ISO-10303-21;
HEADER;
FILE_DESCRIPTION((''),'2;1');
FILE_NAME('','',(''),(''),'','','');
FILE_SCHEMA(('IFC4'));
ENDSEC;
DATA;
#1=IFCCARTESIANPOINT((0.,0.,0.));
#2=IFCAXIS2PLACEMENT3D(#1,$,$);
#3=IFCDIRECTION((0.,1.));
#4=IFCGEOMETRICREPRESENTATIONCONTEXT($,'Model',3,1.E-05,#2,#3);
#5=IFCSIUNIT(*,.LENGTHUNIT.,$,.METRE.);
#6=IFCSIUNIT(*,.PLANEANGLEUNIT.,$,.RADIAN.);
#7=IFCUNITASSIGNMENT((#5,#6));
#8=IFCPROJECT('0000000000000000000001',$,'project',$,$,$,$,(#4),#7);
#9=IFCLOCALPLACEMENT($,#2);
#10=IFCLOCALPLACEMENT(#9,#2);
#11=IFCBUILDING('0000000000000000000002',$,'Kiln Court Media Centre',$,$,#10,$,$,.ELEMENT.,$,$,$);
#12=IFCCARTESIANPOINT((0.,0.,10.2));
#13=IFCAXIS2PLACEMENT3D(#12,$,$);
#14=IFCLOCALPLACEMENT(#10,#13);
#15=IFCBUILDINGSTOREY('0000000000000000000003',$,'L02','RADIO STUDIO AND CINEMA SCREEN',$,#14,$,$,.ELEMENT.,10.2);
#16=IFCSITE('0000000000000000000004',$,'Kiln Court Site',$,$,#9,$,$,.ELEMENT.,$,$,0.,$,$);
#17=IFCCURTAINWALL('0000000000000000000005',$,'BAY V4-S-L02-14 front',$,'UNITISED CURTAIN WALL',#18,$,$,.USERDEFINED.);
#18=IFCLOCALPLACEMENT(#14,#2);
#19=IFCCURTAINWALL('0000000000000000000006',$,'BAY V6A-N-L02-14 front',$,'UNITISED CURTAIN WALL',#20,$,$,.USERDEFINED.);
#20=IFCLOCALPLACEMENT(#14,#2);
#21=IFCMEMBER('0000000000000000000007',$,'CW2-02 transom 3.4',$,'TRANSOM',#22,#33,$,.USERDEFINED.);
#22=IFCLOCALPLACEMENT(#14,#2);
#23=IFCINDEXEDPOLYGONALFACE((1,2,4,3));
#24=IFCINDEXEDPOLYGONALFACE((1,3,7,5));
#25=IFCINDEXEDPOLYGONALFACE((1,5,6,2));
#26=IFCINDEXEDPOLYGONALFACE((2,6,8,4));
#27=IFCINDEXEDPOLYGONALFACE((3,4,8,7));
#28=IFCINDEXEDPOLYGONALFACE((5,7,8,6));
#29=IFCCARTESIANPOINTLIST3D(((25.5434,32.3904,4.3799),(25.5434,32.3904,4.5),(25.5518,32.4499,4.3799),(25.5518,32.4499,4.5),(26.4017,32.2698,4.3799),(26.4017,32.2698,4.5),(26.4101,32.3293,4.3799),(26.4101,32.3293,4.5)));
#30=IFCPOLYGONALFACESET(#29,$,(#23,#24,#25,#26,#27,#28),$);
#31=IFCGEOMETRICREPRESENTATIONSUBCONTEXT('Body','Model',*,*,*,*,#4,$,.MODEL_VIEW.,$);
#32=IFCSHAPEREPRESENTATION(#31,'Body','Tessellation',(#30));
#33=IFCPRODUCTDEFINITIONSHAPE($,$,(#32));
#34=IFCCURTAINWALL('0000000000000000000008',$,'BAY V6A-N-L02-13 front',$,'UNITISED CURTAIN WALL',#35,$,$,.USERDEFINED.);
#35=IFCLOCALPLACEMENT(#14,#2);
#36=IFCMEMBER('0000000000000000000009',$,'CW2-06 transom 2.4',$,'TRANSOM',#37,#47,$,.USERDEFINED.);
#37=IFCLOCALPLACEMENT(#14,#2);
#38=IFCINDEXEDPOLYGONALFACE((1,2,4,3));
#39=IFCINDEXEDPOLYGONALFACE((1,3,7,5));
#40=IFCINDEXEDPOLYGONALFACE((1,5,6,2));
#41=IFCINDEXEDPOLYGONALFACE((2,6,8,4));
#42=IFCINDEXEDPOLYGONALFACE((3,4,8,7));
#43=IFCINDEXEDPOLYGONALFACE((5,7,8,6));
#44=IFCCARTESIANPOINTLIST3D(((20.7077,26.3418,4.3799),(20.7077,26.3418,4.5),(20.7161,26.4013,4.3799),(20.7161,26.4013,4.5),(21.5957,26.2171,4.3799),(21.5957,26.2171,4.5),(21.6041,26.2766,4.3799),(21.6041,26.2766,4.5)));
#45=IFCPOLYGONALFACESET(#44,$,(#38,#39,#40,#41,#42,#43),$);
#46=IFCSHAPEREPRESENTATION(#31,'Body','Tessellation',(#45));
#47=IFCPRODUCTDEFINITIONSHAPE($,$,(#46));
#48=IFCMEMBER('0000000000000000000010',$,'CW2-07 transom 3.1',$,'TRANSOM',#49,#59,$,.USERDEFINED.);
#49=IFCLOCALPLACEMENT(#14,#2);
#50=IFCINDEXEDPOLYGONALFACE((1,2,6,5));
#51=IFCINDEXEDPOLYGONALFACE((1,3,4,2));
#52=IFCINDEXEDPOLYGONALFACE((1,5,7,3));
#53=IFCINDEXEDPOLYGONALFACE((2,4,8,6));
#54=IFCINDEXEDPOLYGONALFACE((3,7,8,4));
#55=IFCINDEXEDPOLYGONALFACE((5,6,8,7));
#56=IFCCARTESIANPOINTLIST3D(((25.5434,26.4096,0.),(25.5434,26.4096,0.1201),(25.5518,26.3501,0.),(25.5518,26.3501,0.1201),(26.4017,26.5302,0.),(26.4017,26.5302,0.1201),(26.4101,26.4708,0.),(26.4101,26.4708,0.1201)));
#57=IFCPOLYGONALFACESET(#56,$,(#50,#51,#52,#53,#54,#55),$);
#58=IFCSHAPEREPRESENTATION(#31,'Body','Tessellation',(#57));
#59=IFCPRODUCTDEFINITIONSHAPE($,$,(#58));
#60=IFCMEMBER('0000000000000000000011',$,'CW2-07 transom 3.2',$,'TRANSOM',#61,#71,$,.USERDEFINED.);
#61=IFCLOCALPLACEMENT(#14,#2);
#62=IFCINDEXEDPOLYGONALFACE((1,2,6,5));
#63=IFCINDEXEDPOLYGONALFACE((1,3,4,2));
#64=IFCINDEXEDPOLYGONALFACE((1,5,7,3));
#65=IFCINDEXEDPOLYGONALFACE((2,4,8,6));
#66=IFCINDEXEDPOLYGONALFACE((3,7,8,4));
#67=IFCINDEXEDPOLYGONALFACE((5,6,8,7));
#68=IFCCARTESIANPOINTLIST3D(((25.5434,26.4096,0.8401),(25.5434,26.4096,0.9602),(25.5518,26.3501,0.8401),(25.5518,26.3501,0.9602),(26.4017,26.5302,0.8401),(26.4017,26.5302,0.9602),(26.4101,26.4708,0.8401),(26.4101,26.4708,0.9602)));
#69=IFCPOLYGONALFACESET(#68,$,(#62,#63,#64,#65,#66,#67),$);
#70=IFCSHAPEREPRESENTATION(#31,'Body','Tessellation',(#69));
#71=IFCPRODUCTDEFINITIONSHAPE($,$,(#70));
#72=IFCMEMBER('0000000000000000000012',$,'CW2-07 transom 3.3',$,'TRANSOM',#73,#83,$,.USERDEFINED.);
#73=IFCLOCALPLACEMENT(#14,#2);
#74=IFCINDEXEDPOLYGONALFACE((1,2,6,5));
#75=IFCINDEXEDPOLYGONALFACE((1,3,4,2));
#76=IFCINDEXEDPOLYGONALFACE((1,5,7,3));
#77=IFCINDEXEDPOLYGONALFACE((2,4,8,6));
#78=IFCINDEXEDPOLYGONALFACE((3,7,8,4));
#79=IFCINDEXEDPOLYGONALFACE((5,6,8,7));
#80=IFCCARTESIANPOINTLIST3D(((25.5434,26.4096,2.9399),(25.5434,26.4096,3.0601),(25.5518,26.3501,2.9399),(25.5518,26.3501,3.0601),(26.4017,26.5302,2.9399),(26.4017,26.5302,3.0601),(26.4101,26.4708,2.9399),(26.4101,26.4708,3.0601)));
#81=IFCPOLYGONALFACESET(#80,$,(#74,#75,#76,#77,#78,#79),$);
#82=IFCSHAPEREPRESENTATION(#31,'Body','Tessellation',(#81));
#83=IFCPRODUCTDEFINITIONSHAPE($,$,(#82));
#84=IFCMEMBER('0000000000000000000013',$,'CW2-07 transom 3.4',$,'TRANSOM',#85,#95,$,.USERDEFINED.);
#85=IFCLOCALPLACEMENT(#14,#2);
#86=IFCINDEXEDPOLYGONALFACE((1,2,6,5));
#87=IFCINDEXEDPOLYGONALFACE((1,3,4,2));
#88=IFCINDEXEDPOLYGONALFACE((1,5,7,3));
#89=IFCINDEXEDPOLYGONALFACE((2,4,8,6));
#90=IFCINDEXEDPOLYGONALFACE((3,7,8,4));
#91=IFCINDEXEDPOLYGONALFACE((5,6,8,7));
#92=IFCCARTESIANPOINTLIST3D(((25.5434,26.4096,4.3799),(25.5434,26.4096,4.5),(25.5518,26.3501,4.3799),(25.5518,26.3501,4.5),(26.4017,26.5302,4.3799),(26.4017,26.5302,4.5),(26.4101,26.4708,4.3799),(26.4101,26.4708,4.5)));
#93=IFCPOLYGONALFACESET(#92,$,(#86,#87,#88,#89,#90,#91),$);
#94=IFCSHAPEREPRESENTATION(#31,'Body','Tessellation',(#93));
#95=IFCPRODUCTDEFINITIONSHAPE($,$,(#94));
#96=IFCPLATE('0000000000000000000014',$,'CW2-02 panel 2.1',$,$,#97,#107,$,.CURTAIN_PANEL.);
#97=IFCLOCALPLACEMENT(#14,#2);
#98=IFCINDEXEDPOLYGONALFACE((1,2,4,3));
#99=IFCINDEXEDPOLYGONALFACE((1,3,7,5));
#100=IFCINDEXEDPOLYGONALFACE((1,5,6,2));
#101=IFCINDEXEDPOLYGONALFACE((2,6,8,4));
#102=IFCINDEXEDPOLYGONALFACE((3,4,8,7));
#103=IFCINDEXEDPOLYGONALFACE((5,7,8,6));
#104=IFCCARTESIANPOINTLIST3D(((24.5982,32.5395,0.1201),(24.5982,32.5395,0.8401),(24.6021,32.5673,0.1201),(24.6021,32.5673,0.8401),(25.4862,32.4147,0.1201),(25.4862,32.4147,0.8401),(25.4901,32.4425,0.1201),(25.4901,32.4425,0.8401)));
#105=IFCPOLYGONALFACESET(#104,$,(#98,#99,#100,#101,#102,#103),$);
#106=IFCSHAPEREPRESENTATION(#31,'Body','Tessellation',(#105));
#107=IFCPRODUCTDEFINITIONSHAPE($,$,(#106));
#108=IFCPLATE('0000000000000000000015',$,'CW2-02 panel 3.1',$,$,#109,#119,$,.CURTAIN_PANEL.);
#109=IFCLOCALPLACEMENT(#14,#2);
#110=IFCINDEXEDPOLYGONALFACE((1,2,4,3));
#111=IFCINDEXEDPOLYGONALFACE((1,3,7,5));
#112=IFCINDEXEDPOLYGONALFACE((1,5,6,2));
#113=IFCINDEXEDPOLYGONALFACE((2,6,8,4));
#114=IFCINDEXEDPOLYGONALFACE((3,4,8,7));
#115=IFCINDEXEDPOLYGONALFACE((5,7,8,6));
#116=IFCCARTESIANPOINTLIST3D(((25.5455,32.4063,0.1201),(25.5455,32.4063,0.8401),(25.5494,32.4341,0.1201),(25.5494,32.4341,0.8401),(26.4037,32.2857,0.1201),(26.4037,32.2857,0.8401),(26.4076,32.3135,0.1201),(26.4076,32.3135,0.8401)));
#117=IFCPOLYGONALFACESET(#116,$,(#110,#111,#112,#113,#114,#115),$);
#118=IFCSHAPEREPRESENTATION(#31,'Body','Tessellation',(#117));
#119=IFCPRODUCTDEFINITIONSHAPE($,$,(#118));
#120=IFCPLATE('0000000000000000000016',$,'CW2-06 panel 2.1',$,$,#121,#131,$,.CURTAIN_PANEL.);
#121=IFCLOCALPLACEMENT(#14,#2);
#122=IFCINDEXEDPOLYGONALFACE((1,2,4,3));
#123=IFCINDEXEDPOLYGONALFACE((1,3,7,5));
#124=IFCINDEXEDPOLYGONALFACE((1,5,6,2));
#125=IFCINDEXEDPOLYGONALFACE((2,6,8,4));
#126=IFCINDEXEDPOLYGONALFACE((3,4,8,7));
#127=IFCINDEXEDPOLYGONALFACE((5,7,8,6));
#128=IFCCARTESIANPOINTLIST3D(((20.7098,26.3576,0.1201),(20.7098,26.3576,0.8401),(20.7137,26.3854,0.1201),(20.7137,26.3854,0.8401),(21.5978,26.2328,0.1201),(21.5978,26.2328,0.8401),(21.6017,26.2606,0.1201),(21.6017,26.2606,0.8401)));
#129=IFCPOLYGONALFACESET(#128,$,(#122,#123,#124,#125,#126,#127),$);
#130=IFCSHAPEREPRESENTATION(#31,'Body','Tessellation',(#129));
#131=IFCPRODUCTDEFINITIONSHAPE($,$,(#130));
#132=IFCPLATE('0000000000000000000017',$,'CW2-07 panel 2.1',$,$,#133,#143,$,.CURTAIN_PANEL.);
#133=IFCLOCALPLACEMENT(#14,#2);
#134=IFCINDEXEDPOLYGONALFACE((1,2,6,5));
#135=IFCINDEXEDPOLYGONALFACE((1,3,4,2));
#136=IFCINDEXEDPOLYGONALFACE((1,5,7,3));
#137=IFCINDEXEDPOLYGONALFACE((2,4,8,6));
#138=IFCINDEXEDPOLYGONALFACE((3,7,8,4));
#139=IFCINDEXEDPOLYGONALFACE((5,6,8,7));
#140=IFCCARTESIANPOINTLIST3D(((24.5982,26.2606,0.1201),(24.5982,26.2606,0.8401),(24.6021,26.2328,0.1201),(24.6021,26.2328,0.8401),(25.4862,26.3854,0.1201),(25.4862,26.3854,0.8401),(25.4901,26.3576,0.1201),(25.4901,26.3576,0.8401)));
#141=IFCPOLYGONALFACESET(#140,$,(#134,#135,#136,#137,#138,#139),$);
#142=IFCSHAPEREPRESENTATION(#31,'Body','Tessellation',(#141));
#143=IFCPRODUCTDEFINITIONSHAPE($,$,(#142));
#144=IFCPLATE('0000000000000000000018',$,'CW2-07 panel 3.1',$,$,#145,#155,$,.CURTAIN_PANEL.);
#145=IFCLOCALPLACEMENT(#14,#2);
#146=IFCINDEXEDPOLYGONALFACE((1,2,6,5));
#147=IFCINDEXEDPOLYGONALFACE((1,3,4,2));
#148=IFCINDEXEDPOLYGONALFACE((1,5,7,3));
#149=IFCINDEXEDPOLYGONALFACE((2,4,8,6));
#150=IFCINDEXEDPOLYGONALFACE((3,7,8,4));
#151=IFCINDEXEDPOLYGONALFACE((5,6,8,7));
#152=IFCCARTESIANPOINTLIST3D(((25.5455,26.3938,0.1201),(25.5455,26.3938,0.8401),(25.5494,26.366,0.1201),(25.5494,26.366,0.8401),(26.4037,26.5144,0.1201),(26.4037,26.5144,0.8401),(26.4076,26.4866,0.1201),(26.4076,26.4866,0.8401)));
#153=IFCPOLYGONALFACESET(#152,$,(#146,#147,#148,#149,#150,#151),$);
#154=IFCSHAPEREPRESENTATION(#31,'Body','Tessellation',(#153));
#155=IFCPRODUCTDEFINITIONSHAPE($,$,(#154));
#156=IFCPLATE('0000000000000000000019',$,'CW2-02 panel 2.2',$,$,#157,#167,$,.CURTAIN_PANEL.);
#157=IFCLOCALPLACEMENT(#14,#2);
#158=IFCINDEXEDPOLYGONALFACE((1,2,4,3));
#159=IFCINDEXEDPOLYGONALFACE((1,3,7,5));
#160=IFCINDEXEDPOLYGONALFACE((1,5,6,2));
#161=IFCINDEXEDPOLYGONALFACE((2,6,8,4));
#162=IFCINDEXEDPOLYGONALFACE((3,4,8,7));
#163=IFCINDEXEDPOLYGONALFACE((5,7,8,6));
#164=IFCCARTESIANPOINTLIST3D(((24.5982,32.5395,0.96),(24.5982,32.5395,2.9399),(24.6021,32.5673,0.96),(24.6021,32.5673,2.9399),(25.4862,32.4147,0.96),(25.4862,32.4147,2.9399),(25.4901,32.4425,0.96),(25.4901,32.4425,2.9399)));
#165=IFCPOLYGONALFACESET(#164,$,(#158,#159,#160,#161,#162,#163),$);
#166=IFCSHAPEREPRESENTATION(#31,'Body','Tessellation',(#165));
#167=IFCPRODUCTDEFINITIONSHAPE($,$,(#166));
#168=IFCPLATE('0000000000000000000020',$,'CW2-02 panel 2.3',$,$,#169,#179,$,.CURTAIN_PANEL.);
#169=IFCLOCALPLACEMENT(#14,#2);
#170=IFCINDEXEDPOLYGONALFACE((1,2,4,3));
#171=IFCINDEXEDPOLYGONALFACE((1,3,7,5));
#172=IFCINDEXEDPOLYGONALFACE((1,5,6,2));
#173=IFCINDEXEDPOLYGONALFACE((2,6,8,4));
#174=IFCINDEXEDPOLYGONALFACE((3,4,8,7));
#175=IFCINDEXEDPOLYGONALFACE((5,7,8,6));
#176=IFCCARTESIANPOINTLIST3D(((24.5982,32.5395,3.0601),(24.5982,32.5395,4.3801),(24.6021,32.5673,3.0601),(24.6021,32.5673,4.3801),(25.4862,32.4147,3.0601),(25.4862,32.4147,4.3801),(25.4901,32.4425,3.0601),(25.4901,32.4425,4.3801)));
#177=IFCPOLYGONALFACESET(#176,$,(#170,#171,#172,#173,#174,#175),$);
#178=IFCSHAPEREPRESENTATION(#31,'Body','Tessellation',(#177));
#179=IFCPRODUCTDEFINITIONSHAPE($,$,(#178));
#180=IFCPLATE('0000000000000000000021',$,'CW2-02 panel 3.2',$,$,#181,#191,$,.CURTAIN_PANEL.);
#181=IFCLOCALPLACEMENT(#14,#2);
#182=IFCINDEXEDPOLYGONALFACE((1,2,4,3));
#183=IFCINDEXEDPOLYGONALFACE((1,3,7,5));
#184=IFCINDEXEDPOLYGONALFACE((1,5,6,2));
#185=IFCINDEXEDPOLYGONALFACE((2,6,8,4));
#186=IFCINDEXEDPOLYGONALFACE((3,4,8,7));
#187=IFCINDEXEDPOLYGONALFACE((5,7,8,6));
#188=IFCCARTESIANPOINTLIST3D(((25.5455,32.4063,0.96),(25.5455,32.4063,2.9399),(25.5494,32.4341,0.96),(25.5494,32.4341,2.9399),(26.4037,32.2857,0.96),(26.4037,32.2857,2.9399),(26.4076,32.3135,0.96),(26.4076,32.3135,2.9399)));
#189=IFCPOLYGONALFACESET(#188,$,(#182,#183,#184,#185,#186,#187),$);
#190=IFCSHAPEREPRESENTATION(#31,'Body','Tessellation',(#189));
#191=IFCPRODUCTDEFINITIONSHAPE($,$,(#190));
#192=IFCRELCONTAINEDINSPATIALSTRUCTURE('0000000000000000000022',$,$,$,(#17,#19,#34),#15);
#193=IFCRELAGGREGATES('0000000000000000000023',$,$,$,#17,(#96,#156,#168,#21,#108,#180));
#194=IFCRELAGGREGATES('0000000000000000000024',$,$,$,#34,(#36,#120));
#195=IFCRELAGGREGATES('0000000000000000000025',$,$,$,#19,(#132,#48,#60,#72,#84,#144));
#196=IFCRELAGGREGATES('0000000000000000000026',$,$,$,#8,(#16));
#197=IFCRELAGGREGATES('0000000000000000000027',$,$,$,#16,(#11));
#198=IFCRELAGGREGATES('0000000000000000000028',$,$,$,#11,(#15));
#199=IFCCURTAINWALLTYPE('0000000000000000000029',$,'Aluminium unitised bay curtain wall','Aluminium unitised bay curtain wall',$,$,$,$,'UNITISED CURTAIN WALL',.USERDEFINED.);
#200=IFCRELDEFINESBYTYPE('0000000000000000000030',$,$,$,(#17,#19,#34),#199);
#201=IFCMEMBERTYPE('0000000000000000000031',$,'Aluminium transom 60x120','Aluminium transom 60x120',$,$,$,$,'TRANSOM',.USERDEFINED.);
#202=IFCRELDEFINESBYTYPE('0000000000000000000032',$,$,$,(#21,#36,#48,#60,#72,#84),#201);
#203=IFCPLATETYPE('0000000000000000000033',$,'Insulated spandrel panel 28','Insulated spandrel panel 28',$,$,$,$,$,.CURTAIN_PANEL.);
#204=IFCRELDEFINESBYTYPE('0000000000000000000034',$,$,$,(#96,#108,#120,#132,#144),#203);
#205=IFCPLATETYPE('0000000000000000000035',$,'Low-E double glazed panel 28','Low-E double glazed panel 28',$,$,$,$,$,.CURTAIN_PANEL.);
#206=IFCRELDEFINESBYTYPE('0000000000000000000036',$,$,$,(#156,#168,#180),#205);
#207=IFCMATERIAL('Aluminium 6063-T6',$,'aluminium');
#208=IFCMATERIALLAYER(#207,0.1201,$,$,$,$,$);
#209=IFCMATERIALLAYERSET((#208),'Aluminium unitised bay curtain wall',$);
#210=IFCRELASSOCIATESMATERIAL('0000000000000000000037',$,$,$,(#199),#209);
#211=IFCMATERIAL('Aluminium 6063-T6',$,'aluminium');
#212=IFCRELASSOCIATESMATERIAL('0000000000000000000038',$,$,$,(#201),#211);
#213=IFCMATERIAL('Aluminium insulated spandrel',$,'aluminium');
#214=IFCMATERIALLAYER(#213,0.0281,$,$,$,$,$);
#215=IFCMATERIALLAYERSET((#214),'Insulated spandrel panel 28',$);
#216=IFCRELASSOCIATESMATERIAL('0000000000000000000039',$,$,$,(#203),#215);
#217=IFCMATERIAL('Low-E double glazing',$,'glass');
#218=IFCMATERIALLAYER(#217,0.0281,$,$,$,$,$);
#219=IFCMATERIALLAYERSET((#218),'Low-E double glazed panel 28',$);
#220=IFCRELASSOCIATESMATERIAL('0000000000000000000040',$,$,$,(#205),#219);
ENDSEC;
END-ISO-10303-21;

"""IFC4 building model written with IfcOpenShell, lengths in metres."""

from ifc_helpers import new_model, si_unit, direction, frame, origin, origin_2d, place, context, subcontext, project, spatial, rectangle, extrude, material, layer, layer_set, material_profile, profile_set, type_object, element, aggregate, save


model = new_model("IFC4")

# Units and contexts
model_context = context("Model", 3, precision=1e-05, world=origin(), true_north=direction((0.0, 1.0)))
body_context = subcontext(model_context, "Body", "Model", "MODEL_VIEW")
ifc_project = project(units=[si_unit("LENGTHUNIT", "METRE"), si_unit("PLANEANGLEUNIT", "RADIAN")], contexts=[model_context])

# Site, building, storey
site_placement = place(None, origin())
site = spatial("IfcSite", under=ifc_project, at=site_placement, Name="Kiln Court Site", CompositionType="ELEMENT", RefElevation=0.0)
building_placement = place(site_placement, origin())
building = spatial("IfcBuilding", under=site, at=building_placement, Name="Kiln Court Media Centre", CompositionType="ELEMENT")
storey_placement = place(building_placement, frame((0.0, 0.0, 10.2)))
storey = spatial("IfcBuildingStorey", under=building, at=storey_placement, Name="L02", Description="RADIO STUDIO AND CINEMA SCREEN", CompositionType="ELEMENT", Elevation=10.2)

# Curtain walls
ifc_material_1 = material(Name="Aluminium 6063-T6", Category="aluminium")
ifc_layer_1 = layer(ifc_material_1, 0.1201)
ifc_layer_set_1 = layer_set([ifc_layer_1], Name="Aluminium unitised bay curtain wall")
curtain_wall_type_1 = type_object("IfcCurtainWallType", Name="Aluminium unitised bay curtain wall", Description="Aluminium unitised bay curtain wall", ElementType="UNITISED CURTAIN WALL", PredefinedType="USERDEFINED", material=ifc_layer_set_1)
curtain_wall_1_placement = place(storey_placement, origin())
curtain_wall_1 = element("IfcCurtainWall", 1, at=curtain_wall_1_placement, inside=storey, type_object=curtain_wall_type_1, Name="BAY V4-S-L02-14 front", ObjectType="UNITISED CURTAIN WALL", PredefinedType="USERDEFINED")
curtain_wall_2_placement = place(storey_placement, origin())
curtain_wall_2 = element("IfcCurtainWall", 2, at=curtain_wall_2_placement, inside=storey, type_object=curtain_wall_type_1, Name="BAY V6A-N-L02-14 front", ObjectType="UNITISED CURTAIN WALL", PredefinedType="USERDEFINED")

# Member
ifc_material_2 = material(Name="Aluminium 6063-T6", Category="aluminium")
ifc_material_profile_1 = material_profile(ifc_material_2, rectangle(XDim=0.0601, YDim=0.1201, at=origin_2d()), Name="Aluminium transom 60x120")
ifc_profile_set_1 = profile_set([ifc_material_profile_1], Name="Aluminium 6063-T6")
member_type_1 = type_object("IfcMemberType", Name="Aluminium transom 60x120", Description="Aluminium transom 60x120", ElementType="TRANSOM", PredefinedType="USERDEFINED", material=ifc_profile_set_1)
member_1_placement = place(storey_placement, frame((25.5476, 32.4202, 4.4399), z_axis=(0.990268, -0.139173, 0.0), x_axis=(0.139173, 0.990268, 0.0)))
member_1 = element("IfcMember", 3, at=member_1_placement, type_object=member_type_1, Name="CW2-02 transom 3.4", ObjectType="TRANSOM", PredefinedType="USERDEFINED", context=body_context, shape_type="SweptSolid", body=[
    extrude(rectangle(XDim=0.0601, YDim=0.1201, at=origin_2d()), origin(), (0.0, 0.0, 1.0), 0.8667),
])

# Curtain wall, member
curtain_wall_3_placement = place(storey_placement, origin())
curtain_wall_3 = element("IfcCurtainWall", 4, at=curtain_wall_3_placement, inside=storey, type_object=curtain_wall_type_1, Name="BAY V6A-N-L02-13 front", ObjectType="UNITISED CURTAIN WALL", PredefinedType="USERDEFINED")
member_2_placement = place(storey_placement, frame((20.7119, 26.3716, 4.4399), z_axis=(0.990274, -0.139134, 0.0), x_axis=(0.139134, 0.990274, 0.0)))
member_2 = element("IfcMember", 5, at=member_2_placement, type_object=member_type_1, Name="CW2-06 transom 2.4", ObjectType="TRANSOM", PredefinedType="USERDEFINED", context=body_context, shape_type="SweptSolid", body=[
    extrude(rectangle(XDim=0.0601, YDim=0.1201, at=origin_2d()), origin(), (0.0, 0.0, 1.0), 0.8967),
])

# Members
member_3_placement = place(storey_placement, frame((25.5476, 26.3799, 0.0601), z_axis=(0.990268, 0.139173, 0.0), x_axis=(-0.139173, 0.990268, 0.0)))
member_3 = element("IfcMember", 6, at=member_3_placement, type_object=member_type_1, Name="CW2-07 transom 3.1", ObjectType="TRANSOM", PredefinedType="USERDEFINED", context=body_context, shape_type="SweptSolid", body=[
    extrude(rectangle(XDim=0.0601, YDim=0.1201, at=origin_2d()), origin(), (0.0, 0.0, 1.0), 0.8667),
])
member_4_placement = place(storey_placement, frame((25.5476, 26.3799, 0.9001), z_axis=(0.990268, 0.139173, 0.0), x_axis=(-0.139173, 0.990268, 0.0)))
member_4 = element("IfcMember", 7, at=member_4_placement, type_object=member_type_1, Name="CW2-07 transom 3.2", ObjectType="TRANSOM", PredefinedType="USERDEFINED", context=body_context, shape_type="SweptSolid", body=[
    extrude(rectangle(XDim=0.0601, YDim=0.1201, at=origin_2d()), origin(), (0.0, 0.0, 1.0), 0.8667),
])
member_5_placement = place(storey_placement, frame((25.5476, 26.3799, 3.0), z_axis=(0.990268, 0.139173, 0.0), x_axis=(-0.139173, 0.990268, 0.0)))
member_5 = element("IfcMember", 8, at=member_5_placement, type_object=member_type_1, Name="CW2-07 transom 3.3", ObjectType="TRANSOM", PredefinedType="USERDEFINED", context=body_context, shape_type="SweptSolid", body=[
    extrude(rectangle(XDim=0.0601, YDim=0.1201, at=origin_2d()), origin(), (0.0, 0.0, 1.0), 0.8667),
])
member_6_placement = place(storey_placement, frame((25.5476, 26.3799, 4.4399), z_axis=(0.990268, 0.139173, 0.0), x_axis=(-0.139173, 0.990268, 0.0)))
member_6 = element("IfcMember", 9, at=member_6_placement, type_object=member_type_1, Name="CW2-07 transom 3.4", ObjectType="TRANSOM", PredefinedType="USERDEFINED", context=body_context, shape_type="SweptSolid", body=[
    extrude(rectangle(XDim=0.0601, YDim=0.1201, at=origin_2d()), origin(), (0.0, 0.0, 1.0), 0.8667),
])

# Plates
ifc_material_3 = material(Name="Aluminium insulated spandrel", Category="aluminium")
ifc_layer_2 = layer(ifc_material_3, 0.0281)
ifc_layer_set_2 = layer_set([ifc_layer_2], Name="Insulated spandrel panel 28")
plate_type_1 = type_object("IfcPlateType", Name="Insulated spandrel panel 28", Description="Insulated spandrel panel 28", PredefinedType="CURTAIN_PANEL", material=ifc_layer_set_2)
plate_1_placement = place(storey_placement, frame((25.0442, 32.491, 0.1201), z_axis=(0.0, 0.0, 1.0), x_axis=(0.99027, -0.139162, 0.0)))
plate_1 = element("IfcPlate", 10, at=plate_1_placement, type_object=plate_type_1, Name="CW2-02 panel 2.1", PredefinedType="CURTAIN_PANEL", context=body_context, shape_type="SweptSolid", body=[
    extrude(rectangle(XDim=0.8967, YDim=0.0281, at=origin_2d()), origin(), (0.0, 0.0, 1.0), 0.72),
])
plate_2_placement = place(storey_placement, frame((25.9766, 32.3599, 0.1201), z_axis=(0.0, 0.0, 1.0), x_axis=(0.99027, -0.139162, 0.0)))
plate_2 = element("IfcPlate", 11, at=plate_2_placement, type_object=plate_type_1, Name="CW2-02 panel 3.1", PredefinedType="CURTAIN_PANEL", context=body_context, shape_type="SweptSolid", body=[
    extrude(rectangle(XDim=0.8667, YDim=0.0281, at=origin_2d()), origin(), (0.0, 0.0, 1.0), 0.72),
])
plate_3_placement = place(storey_placement, frame((21.1558, 26.3091, 0.1201), z_axis=(0.0, 0.0, 1.0), x_axis=(0.99027, -0.139162, 0.0)))
plate_3 = element("IfcPlate", 12, at=plate_3_placement, type_object=plate_type_1, Name="CW2-06 panel 2.1", PredefinedType="CURTAIN_PANEL", context=body_context, shape_type="SweptSolid", body=[
    extrude(rectangle(XDim=0.8967, YDim=0.0281, at=origin_2d()), origin(), (0.0, 0.0, 1.0), 0.72),
])
plate_4_placement = place(storey_placement, frame((25.0442, 26.3091, 0.1201), z_axis=(0.0, 0.0, 1.0), x_axis=(0.99027, 0.139162, 0.0)))
plate_4 = element("IfcPlate", 13, at=plate_4_placement, type_object=plate_type_1, Name="CW2-07 panel 2.1", PredefinedType="CURTAIN_PANEL", context=body_context, shape_type="SweptSolid", body=[
    extrude(rectangle(XDim=0.8967, YDim=0.0281, at=origin_2d()), origin(), (0.0, 0.0, 1.0), 0.72),
])
plate_5_placement = place(storey_placement, frame((25.9766, 26.4402, 0.1201), z_axis=(0.0, 0.0, 1.0), x_axis=(0.99027, 0.139162, 0.0)))
plate_5 = element("IfcPlate", 14, at=plate_5_placement, type_object=plate_type_1, Name="CW2-07 panel 3.1", PredefinedType="CURTAIN_PANEL", context=body_context, shape_type="SweptSolid", body=[
    extrude(rectangle(XDim=0.8667, YDim=0.0281, at=origin_2d()), origin(), (0.0, 0.0, 1.0), 0.72),
])
ifc_material_4 = material(Name="Low-E double glazing", Category="glass")
ifc_layer_3 = layer(ifc_material_4, 0.0281)
ifc_layer_set_3 = layer_set([ifc_layer_3], Name="Low-E double glazed panel 28")
plate_type_2 = type_object("IfcPlateType", Name="Low-E double glazed panel 28", Description="Low-E double glazed panel 28", PredefinedType="CURTAIN_PANEL", material=ifc_layer_set_3)
plate_6_placement = place(storey_placement, frame((25.0442, 32.491, 0.96), z_axis=(0.0, 0.0, 1.0), x_axis=(0.99027, -0.139162, 0.0)))
plate_6 = element("IfcPlate", 15, at=plate_6_placement, type_object=plate_type_2, Name="CW2-02 panel 2.2", PredefinedType="CURTAIN_PANEL", context=body_context, shape_type="SweptSolid", body=[
    extrude(rectangle(XDim=0.8967, YDim=0.0281, at=origin_2d()), origin(), (0.0, 0.0, 1.0), 1.98),
])
plate_7_placement = place(storey_placement, frame((25.0442, 32.491, 3.0601), z_axis=(0.0, 0.0, 1.0), x_axis=(0.99027, -0.139162, 0.0)))
plate_7 = element("IfcPlate", 16, at=plate_7_placement, type_object=plate_type_2, Name="CW2-02 panel 2.3", PredefinedType="CURTAIN_PANEL", context=body_context, shape_type="SweptSolid", body=[
    extrude(rectangle(XDim=0.8967, YDim=0.0281, at=origin_2d()), origin(), (0.0, 0.0, 1.0), 1.3201),
])
plate_8_placement = place(storey_placement, frame((25.9766, 32.3599, 0.96), z_axis=(0.0, 0.0, 1.0), x_axis=(0.99027, -0.139162, 0.0)))
plate_8 = element("IfcPlate", 17, at=plate_8_placement, type_object=plate_type_2, Name="CW2-02 panel 3.2", PredefinedType="CURTAIN_PANEL", context=body_context, shape_type="SweptSolid", body=[
    extrude(rectangle(XDim=0.8667, YDim=0.0281, at=origin_2d()), origin(), (0.0, 0.0, 1.0), 1.98),
])
aggregate(curtain_wall_1, [plate_1, plate_6, plate_7, member_1, plate_2, plate_8])
aggregate(curtain_wall_3, [member_2, plate_3])
aggregate(curtain_wall_2, [plate_4, member_3, member_4, member_5, member_6, plate_5])

save(model, "model.ifc")
